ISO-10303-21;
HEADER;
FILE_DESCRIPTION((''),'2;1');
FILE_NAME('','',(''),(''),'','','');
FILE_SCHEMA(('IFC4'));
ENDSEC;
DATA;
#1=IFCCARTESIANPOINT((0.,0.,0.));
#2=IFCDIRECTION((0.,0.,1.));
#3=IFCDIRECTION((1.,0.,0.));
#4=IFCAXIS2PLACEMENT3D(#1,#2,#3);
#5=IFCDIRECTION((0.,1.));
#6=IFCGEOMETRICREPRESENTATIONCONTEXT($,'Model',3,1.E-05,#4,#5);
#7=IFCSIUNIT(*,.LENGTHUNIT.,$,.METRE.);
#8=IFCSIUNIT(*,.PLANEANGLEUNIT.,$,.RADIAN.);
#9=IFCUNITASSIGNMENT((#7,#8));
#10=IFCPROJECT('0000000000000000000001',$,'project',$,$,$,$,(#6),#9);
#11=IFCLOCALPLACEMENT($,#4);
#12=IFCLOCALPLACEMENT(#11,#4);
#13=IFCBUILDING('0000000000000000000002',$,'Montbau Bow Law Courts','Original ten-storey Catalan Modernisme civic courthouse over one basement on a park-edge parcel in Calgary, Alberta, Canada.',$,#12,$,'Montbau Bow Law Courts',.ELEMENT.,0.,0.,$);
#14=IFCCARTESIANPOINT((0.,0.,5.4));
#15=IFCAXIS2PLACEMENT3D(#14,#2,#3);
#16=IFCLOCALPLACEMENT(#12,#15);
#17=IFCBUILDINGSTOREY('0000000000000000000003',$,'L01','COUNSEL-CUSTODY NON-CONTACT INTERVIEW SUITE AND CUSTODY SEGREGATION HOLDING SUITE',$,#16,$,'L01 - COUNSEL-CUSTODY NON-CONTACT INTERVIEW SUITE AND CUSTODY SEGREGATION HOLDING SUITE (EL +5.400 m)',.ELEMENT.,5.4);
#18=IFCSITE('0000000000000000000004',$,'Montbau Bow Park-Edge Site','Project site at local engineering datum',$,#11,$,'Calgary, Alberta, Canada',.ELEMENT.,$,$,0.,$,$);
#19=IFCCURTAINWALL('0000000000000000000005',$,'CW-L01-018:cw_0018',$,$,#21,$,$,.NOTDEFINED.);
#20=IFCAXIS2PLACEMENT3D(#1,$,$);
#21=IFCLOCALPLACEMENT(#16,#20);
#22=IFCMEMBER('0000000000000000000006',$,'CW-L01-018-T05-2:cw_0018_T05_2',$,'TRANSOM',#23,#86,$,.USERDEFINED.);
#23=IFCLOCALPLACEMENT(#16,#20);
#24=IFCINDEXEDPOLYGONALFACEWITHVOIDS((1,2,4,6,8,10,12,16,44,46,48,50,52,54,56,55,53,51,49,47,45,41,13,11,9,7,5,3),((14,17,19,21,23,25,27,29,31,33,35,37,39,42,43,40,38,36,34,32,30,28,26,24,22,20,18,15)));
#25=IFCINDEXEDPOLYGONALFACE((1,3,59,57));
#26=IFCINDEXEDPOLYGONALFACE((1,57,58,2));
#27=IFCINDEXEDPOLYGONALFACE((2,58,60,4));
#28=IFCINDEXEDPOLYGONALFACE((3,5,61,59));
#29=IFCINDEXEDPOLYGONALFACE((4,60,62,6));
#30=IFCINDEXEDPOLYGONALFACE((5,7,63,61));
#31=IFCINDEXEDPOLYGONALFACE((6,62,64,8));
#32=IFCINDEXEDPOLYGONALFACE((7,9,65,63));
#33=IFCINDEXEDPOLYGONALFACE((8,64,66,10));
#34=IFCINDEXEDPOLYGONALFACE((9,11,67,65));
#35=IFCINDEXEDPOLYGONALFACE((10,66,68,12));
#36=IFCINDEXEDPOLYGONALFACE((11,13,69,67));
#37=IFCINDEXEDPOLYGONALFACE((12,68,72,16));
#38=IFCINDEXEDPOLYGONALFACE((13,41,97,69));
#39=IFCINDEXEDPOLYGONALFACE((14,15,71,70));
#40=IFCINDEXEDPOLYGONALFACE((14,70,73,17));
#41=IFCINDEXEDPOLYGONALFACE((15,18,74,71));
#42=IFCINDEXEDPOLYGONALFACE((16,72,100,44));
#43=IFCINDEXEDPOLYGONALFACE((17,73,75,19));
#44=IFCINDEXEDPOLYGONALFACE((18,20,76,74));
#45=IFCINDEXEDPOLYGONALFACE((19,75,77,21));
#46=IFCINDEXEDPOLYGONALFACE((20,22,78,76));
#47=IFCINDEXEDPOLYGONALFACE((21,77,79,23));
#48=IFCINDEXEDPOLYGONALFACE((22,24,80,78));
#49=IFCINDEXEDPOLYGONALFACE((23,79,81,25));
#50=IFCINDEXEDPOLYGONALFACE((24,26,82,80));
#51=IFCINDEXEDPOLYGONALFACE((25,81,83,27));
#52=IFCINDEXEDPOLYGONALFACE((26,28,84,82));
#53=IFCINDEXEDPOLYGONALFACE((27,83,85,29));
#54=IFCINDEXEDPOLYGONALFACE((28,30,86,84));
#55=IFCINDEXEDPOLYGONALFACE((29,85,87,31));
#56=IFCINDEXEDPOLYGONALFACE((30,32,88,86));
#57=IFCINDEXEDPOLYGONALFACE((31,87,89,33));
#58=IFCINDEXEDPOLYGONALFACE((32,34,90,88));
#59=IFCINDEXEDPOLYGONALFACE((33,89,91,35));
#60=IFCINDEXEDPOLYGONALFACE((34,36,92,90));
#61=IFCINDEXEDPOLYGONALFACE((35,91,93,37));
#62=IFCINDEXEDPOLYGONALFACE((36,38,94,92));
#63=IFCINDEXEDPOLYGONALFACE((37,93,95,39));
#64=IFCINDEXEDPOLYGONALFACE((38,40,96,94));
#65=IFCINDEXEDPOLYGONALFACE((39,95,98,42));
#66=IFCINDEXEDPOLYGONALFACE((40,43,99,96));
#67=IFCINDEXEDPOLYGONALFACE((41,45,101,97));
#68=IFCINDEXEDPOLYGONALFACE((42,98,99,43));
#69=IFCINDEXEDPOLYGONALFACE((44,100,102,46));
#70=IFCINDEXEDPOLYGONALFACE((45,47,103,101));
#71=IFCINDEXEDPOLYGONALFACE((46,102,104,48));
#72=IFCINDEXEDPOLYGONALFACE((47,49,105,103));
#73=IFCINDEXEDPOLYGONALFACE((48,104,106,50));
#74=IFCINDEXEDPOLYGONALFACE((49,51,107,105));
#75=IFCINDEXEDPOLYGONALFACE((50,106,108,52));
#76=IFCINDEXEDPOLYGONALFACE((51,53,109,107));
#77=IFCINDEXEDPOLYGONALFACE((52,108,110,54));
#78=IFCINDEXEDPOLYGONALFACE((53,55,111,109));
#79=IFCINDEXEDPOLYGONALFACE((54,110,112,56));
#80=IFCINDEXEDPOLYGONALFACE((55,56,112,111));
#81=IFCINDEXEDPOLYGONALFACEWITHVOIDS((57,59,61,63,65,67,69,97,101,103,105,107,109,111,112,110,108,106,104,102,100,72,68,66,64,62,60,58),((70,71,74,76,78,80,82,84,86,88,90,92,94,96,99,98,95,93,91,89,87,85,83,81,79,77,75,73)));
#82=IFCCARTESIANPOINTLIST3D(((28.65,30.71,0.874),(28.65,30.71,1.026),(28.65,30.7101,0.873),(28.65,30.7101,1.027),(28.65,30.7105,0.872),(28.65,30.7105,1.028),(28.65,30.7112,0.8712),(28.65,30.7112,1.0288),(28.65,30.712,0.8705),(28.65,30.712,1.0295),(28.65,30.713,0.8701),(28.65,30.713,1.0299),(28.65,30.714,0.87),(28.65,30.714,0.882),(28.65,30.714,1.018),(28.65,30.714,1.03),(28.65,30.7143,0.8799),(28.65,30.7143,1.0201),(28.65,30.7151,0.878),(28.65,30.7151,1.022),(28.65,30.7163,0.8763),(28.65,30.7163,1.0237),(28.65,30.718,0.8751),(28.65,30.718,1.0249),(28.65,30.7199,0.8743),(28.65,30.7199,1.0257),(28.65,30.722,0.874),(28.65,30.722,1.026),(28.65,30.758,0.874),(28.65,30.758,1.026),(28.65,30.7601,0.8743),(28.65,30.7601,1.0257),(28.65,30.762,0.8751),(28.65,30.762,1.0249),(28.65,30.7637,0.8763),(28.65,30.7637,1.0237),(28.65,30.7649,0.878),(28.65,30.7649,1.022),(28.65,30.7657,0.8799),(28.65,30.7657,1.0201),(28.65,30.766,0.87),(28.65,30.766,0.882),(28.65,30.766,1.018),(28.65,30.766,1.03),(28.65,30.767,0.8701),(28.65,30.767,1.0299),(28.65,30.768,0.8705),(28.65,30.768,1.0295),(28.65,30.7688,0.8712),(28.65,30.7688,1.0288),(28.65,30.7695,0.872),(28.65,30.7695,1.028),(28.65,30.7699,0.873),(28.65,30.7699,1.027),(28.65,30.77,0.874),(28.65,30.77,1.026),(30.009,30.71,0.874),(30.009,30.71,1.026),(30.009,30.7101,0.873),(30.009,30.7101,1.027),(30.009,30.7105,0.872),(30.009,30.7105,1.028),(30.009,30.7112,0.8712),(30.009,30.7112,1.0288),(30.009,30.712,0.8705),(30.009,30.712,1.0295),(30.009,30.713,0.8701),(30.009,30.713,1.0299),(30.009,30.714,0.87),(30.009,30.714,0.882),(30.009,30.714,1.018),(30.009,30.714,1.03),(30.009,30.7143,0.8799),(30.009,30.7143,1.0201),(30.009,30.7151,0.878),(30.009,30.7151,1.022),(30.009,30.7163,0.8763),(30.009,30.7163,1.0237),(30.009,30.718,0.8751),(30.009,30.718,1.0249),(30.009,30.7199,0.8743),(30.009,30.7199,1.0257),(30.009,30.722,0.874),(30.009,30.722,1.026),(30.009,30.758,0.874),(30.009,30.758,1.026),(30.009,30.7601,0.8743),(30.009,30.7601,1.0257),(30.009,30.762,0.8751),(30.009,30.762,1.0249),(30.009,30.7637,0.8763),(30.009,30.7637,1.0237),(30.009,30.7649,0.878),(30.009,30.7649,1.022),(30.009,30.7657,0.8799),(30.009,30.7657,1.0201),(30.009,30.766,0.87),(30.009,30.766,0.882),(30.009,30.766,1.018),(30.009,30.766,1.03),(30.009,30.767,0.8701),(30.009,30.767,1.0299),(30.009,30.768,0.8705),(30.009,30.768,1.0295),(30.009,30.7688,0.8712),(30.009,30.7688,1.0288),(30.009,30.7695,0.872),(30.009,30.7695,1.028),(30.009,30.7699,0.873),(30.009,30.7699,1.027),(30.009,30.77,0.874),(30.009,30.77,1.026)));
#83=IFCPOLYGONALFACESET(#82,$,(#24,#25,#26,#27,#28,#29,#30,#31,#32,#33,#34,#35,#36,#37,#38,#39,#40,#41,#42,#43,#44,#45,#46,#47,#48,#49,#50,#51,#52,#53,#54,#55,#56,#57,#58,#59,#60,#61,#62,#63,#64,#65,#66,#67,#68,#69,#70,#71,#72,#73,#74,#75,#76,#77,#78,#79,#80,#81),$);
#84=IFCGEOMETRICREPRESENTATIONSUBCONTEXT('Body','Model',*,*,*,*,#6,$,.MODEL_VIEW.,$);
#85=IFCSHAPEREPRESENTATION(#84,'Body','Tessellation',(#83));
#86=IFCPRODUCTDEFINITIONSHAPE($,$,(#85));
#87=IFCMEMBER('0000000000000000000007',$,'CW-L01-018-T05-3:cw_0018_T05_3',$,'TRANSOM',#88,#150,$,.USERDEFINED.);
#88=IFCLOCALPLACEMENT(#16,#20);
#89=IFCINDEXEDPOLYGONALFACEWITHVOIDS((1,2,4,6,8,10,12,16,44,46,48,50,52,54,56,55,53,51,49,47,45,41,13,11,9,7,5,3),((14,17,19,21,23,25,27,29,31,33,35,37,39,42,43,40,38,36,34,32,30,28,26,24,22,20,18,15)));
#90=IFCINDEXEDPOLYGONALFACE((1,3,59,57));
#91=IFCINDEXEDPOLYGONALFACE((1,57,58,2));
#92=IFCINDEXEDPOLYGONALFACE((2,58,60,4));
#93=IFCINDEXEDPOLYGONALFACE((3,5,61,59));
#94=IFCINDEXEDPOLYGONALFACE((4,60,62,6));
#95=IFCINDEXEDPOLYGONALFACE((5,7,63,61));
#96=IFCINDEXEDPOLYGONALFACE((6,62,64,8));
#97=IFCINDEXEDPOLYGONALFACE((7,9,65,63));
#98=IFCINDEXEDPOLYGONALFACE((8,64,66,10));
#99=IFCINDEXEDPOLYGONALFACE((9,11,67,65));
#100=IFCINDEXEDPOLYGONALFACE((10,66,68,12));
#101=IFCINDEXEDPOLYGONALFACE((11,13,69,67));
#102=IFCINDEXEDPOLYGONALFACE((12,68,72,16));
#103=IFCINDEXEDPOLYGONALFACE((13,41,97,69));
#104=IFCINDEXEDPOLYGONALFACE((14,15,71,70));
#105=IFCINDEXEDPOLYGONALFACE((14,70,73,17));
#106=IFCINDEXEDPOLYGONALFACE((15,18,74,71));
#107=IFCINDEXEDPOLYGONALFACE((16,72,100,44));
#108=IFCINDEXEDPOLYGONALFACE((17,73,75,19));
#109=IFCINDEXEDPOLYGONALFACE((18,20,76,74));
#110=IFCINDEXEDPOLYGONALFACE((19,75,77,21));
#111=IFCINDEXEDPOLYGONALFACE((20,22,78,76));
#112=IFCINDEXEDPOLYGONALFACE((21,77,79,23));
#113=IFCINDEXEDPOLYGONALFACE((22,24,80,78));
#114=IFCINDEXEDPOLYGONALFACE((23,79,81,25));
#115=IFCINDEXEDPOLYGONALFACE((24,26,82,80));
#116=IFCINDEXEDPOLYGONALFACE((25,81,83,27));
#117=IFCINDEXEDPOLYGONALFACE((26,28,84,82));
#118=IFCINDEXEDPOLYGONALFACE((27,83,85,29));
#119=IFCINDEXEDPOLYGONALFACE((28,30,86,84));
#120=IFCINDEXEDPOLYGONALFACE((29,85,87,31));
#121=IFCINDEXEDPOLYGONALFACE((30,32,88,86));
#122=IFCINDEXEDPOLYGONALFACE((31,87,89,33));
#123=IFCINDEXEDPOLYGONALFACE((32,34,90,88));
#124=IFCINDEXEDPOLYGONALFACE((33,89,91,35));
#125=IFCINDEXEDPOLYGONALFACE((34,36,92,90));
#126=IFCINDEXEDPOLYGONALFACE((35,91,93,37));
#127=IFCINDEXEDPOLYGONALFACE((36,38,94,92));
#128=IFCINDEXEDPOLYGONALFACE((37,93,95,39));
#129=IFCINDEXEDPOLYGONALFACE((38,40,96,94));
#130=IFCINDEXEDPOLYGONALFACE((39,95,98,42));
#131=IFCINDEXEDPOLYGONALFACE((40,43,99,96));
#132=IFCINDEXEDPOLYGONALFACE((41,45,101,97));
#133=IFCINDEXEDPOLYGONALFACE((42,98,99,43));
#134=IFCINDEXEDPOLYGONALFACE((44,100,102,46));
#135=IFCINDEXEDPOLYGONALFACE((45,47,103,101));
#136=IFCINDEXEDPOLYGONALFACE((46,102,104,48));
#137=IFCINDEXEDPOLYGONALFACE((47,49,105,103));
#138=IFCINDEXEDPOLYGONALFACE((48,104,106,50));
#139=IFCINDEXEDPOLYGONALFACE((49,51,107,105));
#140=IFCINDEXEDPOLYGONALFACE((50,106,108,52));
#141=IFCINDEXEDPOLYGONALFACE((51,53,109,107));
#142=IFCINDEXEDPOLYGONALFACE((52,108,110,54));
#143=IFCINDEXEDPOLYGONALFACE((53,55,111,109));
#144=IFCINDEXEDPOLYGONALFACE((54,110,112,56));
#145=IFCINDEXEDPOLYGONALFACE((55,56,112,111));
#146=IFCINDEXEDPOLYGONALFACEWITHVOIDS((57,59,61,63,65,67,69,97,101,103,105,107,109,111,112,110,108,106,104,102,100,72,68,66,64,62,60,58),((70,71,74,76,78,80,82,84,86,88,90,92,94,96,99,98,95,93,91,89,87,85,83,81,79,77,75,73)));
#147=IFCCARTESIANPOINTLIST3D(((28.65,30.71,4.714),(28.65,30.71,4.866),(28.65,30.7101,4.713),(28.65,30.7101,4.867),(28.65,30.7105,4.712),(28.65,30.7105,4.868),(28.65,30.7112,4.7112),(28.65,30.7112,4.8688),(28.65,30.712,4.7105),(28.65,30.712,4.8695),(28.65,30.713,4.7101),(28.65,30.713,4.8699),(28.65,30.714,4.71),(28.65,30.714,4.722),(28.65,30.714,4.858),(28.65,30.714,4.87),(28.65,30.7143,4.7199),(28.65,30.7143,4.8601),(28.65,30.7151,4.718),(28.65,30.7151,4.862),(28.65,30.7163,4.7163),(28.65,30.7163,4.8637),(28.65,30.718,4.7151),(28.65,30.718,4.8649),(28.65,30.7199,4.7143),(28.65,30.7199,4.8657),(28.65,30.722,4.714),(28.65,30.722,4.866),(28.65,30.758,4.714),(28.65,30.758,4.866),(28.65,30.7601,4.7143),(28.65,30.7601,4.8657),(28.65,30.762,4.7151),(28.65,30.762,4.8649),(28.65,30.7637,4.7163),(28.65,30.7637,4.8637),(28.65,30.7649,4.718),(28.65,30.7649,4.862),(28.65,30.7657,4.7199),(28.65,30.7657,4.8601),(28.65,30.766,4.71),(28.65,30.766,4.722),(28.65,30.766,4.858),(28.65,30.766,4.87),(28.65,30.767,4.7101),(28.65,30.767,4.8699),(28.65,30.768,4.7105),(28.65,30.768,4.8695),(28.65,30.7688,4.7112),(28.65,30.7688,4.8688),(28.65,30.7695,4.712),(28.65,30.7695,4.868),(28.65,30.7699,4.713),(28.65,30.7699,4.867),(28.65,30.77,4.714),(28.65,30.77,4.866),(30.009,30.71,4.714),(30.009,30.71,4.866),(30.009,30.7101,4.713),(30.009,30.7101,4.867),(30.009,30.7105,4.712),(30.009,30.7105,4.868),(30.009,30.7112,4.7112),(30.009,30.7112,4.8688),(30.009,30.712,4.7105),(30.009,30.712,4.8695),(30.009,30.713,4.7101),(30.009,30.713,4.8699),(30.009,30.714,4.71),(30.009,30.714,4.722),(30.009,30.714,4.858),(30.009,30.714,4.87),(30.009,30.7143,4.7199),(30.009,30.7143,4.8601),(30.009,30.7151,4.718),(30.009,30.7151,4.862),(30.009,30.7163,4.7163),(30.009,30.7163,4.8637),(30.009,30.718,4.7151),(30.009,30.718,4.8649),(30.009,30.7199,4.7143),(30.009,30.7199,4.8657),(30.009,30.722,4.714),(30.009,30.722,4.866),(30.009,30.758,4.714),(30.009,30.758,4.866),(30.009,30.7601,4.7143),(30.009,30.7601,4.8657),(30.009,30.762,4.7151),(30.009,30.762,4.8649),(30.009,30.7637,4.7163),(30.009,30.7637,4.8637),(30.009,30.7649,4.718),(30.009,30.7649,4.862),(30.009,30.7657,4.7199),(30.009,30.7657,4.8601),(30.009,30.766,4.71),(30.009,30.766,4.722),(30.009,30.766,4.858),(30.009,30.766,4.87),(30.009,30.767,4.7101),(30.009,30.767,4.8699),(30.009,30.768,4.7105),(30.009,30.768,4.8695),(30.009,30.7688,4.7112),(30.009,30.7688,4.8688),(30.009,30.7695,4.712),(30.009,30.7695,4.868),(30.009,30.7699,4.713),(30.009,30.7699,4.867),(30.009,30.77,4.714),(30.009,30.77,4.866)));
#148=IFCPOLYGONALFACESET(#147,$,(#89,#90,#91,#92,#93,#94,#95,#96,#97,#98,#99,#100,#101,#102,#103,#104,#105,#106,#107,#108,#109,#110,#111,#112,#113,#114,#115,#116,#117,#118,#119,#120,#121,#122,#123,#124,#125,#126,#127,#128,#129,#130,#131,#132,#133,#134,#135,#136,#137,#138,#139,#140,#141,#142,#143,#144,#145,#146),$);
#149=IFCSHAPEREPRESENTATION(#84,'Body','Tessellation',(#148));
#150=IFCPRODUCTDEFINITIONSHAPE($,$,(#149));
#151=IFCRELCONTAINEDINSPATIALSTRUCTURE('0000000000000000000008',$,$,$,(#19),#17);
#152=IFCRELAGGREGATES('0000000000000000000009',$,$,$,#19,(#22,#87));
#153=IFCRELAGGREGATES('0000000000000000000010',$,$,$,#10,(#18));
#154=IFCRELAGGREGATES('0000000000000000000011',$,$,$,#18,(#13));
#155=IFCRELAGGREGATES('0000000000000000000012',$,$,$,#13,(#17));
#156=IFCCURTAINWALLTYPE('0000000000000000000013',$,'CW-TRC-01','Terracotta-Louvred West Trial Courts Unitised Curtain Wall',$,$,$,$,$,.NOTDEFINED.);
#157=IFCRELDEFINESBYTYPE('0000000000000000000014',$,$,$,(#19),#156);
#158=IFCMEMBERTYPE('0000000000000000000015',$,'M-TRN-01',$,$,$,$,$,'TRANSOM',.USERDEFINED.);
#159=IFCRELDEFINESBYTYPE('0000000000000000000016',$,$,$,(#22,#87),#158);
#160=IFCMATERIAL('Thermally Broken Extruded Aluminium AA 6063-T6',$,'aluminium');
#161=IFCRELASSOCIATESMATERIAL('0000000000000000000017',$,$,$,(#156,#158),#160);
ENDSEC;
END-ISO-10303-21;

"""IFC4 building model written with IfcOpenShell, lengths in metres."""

from ifc_helpers import new_model, si_unit, direction, frame, origin_with_axes, origin_2d_with_axis, place, context, subcontext, project, spatial, hollow_rectangle, extrude, material, material_profile, profile_set, type_object, element, aggregate, save


model = new_model("IFC4")

# Units and contexts
model_context = context("Model", 3, precision=1e-05, world=origin_with_axes(), true_north=direction((0.0, 1.0)))
body_context = subcontext(model_context, "Body", "Model", "MODEL_VIEW")
ifc_project = project(units=[si_unit("LENGTHUNIT", "METRE"), si_unit("PLANEANGLEUNIT", "RADIAN")], contexts=[model_context])

# Site, building, storey
site_placement = place(None, origin_with_axes())
site = spatial("IfcSite", under=ifc_project, at=site_placement, Name="Montbau Bow Park-Edge Site", Description="Project site at local engineering datum", LongName="Calgary, Alberta, Canada", CompositionType="ELEMENT", RefElevation=0.0)
building_placement = place(site_placement, origin_with_axes())
building = spatial("IfcBuilding", under=site, at=building_placement, Name="Montbau Bow Law Courts", Description="Original ten-storey Catalan Modernisme civic courthouse over one basement on a park-edge parcel in Calgary, Alberta, Canada.", LongName="Montbau Bow Law Courts", CompositionType="ELEMENT", ElevationOfRefHeight=0.0, ElevationOfTerrain=0.0)
storey_placement = place(building_placement, frame((0.0, 0.0, 5.4), z_axis=(0.0, 0.0, 1.0), x_axis=(1.0, 0.0, 0.0)))
storey = spatial("IfcBuildingStorey", under=building, at=storey_placement, Name="L01", Description="COUNSEL-CUSTODY NON-CONTACT INTERVIEW SUITE AND CUSTODY SEGREGATION HOLDING SUITE", LongName="L01 - COUNSEL-CUSTODY NON-CONTACT INTERVIEW SUITE AND CUSTODY SEGREGATION HOLDING SUITE (EL +5.400 m)", CompositionType="ELEMENT", Elevation=5.4)

# Curtain wall
ifc_material_1 = material(Name="Thermally Broken Extruded Aluminium AA 6063-T6", Category="aluminium")
curtain_wall_type = type_object("IfcCurtainWallType", Name="CW-TRC-01", Description="Terracotta-Louvred West Trial Courts Unitised Curtain Wall", PredefinedType="NOTDEFINED", material=ifc_material_1)
curtain_wall_1_placement = place(None, frame((22.715, 30.74, 5.4), z_axis=(0.0, 0.0, 1.0), x_axis=(1.0, 0.0, 0.0)))
curtain_wall_1 = element("IfcCurtainWall", 1, at=curtain_wall_1_placement, inside=storey, type_object=curtain_wall_type, Name="CW-L01-018:cw_0018", PredefinedType="NOTDEFINED")

# Members
ifc_material_profile_1 = material_profile(ifc_material_1, hollow_rectangle(XDim=0.06, YDim=0.16, WallThickness=0.004, InnerFilletRadius=0.008, OuterFilletRadius=0.004, at=origin_2d_with_axis()), Name="CWT-160X60", Category="Main", Priority=0)
ifc_profile_set_1 = profile_set([ifc_material_profile_1], Name="Thermally Broken Extruded Aluminium AA 6063-T6")
member_type_1 = type_object("IfcMemberType", Name="M-TRN-01", ElementType="TRANSOM", PredefinedType="USERDEFINED", material=ifc_profile_set_1)
member_1_placement = place(None, frame((28.65, 30.74, 6.35), z_axis=(1.0, 0.0, 0.0), x_axis=(0.0, 1.0, 0.0)))
member_1 = element("IfcMember", 2, at=member_1_placement, type_object=member_type_1, Name="CW-L01-018-T05-2:cw_0018_T05_2", ObjectType="TRANSOM", PredefinedType="USERDEFINED", context=body_context, shape_type="SweptSolid", body=[
    extrude(hollow_rectangle(XDim=0.06, YDim=0.16, WallThickness=0.004, InnerFilletRadius=0.008, OuterFilletRadius=0.004, at=origin_2d_with_axis()), origin_with_axes(), (0.0, 0.0, 1.0), 1.359),
])
member_2_placement = place(None, frame((28.65, 30.74, 10.19), z_axis=(1.0, 0.0, 0.0), x_axis=(0.0, 1.0, 0.0)))
member_2 = element("IfcMember", 3, at=member_2_placement, type_object=member_type_1, Name="CW-L01-018-T05-3:cw_0018_T05_3", ObjectType="TRANSOM", PredefinedType="USERDEFINED", context=body_context, shape_type="SweptSolid", body=[
    extrude(hollow_rectangle(XDim=0.06, YDim=0.16, WallThickness=0.004, InnerFilletRadius=0.008, OuterFilletRadius=0.004, at=origin_2d_with_axis()), origin_with_axes(), (0.0, 0.0, 1.0), 1.359),
])

aggregate(curtain_wall_1, [member_1, member_2])

save(model, "model.ifc")
